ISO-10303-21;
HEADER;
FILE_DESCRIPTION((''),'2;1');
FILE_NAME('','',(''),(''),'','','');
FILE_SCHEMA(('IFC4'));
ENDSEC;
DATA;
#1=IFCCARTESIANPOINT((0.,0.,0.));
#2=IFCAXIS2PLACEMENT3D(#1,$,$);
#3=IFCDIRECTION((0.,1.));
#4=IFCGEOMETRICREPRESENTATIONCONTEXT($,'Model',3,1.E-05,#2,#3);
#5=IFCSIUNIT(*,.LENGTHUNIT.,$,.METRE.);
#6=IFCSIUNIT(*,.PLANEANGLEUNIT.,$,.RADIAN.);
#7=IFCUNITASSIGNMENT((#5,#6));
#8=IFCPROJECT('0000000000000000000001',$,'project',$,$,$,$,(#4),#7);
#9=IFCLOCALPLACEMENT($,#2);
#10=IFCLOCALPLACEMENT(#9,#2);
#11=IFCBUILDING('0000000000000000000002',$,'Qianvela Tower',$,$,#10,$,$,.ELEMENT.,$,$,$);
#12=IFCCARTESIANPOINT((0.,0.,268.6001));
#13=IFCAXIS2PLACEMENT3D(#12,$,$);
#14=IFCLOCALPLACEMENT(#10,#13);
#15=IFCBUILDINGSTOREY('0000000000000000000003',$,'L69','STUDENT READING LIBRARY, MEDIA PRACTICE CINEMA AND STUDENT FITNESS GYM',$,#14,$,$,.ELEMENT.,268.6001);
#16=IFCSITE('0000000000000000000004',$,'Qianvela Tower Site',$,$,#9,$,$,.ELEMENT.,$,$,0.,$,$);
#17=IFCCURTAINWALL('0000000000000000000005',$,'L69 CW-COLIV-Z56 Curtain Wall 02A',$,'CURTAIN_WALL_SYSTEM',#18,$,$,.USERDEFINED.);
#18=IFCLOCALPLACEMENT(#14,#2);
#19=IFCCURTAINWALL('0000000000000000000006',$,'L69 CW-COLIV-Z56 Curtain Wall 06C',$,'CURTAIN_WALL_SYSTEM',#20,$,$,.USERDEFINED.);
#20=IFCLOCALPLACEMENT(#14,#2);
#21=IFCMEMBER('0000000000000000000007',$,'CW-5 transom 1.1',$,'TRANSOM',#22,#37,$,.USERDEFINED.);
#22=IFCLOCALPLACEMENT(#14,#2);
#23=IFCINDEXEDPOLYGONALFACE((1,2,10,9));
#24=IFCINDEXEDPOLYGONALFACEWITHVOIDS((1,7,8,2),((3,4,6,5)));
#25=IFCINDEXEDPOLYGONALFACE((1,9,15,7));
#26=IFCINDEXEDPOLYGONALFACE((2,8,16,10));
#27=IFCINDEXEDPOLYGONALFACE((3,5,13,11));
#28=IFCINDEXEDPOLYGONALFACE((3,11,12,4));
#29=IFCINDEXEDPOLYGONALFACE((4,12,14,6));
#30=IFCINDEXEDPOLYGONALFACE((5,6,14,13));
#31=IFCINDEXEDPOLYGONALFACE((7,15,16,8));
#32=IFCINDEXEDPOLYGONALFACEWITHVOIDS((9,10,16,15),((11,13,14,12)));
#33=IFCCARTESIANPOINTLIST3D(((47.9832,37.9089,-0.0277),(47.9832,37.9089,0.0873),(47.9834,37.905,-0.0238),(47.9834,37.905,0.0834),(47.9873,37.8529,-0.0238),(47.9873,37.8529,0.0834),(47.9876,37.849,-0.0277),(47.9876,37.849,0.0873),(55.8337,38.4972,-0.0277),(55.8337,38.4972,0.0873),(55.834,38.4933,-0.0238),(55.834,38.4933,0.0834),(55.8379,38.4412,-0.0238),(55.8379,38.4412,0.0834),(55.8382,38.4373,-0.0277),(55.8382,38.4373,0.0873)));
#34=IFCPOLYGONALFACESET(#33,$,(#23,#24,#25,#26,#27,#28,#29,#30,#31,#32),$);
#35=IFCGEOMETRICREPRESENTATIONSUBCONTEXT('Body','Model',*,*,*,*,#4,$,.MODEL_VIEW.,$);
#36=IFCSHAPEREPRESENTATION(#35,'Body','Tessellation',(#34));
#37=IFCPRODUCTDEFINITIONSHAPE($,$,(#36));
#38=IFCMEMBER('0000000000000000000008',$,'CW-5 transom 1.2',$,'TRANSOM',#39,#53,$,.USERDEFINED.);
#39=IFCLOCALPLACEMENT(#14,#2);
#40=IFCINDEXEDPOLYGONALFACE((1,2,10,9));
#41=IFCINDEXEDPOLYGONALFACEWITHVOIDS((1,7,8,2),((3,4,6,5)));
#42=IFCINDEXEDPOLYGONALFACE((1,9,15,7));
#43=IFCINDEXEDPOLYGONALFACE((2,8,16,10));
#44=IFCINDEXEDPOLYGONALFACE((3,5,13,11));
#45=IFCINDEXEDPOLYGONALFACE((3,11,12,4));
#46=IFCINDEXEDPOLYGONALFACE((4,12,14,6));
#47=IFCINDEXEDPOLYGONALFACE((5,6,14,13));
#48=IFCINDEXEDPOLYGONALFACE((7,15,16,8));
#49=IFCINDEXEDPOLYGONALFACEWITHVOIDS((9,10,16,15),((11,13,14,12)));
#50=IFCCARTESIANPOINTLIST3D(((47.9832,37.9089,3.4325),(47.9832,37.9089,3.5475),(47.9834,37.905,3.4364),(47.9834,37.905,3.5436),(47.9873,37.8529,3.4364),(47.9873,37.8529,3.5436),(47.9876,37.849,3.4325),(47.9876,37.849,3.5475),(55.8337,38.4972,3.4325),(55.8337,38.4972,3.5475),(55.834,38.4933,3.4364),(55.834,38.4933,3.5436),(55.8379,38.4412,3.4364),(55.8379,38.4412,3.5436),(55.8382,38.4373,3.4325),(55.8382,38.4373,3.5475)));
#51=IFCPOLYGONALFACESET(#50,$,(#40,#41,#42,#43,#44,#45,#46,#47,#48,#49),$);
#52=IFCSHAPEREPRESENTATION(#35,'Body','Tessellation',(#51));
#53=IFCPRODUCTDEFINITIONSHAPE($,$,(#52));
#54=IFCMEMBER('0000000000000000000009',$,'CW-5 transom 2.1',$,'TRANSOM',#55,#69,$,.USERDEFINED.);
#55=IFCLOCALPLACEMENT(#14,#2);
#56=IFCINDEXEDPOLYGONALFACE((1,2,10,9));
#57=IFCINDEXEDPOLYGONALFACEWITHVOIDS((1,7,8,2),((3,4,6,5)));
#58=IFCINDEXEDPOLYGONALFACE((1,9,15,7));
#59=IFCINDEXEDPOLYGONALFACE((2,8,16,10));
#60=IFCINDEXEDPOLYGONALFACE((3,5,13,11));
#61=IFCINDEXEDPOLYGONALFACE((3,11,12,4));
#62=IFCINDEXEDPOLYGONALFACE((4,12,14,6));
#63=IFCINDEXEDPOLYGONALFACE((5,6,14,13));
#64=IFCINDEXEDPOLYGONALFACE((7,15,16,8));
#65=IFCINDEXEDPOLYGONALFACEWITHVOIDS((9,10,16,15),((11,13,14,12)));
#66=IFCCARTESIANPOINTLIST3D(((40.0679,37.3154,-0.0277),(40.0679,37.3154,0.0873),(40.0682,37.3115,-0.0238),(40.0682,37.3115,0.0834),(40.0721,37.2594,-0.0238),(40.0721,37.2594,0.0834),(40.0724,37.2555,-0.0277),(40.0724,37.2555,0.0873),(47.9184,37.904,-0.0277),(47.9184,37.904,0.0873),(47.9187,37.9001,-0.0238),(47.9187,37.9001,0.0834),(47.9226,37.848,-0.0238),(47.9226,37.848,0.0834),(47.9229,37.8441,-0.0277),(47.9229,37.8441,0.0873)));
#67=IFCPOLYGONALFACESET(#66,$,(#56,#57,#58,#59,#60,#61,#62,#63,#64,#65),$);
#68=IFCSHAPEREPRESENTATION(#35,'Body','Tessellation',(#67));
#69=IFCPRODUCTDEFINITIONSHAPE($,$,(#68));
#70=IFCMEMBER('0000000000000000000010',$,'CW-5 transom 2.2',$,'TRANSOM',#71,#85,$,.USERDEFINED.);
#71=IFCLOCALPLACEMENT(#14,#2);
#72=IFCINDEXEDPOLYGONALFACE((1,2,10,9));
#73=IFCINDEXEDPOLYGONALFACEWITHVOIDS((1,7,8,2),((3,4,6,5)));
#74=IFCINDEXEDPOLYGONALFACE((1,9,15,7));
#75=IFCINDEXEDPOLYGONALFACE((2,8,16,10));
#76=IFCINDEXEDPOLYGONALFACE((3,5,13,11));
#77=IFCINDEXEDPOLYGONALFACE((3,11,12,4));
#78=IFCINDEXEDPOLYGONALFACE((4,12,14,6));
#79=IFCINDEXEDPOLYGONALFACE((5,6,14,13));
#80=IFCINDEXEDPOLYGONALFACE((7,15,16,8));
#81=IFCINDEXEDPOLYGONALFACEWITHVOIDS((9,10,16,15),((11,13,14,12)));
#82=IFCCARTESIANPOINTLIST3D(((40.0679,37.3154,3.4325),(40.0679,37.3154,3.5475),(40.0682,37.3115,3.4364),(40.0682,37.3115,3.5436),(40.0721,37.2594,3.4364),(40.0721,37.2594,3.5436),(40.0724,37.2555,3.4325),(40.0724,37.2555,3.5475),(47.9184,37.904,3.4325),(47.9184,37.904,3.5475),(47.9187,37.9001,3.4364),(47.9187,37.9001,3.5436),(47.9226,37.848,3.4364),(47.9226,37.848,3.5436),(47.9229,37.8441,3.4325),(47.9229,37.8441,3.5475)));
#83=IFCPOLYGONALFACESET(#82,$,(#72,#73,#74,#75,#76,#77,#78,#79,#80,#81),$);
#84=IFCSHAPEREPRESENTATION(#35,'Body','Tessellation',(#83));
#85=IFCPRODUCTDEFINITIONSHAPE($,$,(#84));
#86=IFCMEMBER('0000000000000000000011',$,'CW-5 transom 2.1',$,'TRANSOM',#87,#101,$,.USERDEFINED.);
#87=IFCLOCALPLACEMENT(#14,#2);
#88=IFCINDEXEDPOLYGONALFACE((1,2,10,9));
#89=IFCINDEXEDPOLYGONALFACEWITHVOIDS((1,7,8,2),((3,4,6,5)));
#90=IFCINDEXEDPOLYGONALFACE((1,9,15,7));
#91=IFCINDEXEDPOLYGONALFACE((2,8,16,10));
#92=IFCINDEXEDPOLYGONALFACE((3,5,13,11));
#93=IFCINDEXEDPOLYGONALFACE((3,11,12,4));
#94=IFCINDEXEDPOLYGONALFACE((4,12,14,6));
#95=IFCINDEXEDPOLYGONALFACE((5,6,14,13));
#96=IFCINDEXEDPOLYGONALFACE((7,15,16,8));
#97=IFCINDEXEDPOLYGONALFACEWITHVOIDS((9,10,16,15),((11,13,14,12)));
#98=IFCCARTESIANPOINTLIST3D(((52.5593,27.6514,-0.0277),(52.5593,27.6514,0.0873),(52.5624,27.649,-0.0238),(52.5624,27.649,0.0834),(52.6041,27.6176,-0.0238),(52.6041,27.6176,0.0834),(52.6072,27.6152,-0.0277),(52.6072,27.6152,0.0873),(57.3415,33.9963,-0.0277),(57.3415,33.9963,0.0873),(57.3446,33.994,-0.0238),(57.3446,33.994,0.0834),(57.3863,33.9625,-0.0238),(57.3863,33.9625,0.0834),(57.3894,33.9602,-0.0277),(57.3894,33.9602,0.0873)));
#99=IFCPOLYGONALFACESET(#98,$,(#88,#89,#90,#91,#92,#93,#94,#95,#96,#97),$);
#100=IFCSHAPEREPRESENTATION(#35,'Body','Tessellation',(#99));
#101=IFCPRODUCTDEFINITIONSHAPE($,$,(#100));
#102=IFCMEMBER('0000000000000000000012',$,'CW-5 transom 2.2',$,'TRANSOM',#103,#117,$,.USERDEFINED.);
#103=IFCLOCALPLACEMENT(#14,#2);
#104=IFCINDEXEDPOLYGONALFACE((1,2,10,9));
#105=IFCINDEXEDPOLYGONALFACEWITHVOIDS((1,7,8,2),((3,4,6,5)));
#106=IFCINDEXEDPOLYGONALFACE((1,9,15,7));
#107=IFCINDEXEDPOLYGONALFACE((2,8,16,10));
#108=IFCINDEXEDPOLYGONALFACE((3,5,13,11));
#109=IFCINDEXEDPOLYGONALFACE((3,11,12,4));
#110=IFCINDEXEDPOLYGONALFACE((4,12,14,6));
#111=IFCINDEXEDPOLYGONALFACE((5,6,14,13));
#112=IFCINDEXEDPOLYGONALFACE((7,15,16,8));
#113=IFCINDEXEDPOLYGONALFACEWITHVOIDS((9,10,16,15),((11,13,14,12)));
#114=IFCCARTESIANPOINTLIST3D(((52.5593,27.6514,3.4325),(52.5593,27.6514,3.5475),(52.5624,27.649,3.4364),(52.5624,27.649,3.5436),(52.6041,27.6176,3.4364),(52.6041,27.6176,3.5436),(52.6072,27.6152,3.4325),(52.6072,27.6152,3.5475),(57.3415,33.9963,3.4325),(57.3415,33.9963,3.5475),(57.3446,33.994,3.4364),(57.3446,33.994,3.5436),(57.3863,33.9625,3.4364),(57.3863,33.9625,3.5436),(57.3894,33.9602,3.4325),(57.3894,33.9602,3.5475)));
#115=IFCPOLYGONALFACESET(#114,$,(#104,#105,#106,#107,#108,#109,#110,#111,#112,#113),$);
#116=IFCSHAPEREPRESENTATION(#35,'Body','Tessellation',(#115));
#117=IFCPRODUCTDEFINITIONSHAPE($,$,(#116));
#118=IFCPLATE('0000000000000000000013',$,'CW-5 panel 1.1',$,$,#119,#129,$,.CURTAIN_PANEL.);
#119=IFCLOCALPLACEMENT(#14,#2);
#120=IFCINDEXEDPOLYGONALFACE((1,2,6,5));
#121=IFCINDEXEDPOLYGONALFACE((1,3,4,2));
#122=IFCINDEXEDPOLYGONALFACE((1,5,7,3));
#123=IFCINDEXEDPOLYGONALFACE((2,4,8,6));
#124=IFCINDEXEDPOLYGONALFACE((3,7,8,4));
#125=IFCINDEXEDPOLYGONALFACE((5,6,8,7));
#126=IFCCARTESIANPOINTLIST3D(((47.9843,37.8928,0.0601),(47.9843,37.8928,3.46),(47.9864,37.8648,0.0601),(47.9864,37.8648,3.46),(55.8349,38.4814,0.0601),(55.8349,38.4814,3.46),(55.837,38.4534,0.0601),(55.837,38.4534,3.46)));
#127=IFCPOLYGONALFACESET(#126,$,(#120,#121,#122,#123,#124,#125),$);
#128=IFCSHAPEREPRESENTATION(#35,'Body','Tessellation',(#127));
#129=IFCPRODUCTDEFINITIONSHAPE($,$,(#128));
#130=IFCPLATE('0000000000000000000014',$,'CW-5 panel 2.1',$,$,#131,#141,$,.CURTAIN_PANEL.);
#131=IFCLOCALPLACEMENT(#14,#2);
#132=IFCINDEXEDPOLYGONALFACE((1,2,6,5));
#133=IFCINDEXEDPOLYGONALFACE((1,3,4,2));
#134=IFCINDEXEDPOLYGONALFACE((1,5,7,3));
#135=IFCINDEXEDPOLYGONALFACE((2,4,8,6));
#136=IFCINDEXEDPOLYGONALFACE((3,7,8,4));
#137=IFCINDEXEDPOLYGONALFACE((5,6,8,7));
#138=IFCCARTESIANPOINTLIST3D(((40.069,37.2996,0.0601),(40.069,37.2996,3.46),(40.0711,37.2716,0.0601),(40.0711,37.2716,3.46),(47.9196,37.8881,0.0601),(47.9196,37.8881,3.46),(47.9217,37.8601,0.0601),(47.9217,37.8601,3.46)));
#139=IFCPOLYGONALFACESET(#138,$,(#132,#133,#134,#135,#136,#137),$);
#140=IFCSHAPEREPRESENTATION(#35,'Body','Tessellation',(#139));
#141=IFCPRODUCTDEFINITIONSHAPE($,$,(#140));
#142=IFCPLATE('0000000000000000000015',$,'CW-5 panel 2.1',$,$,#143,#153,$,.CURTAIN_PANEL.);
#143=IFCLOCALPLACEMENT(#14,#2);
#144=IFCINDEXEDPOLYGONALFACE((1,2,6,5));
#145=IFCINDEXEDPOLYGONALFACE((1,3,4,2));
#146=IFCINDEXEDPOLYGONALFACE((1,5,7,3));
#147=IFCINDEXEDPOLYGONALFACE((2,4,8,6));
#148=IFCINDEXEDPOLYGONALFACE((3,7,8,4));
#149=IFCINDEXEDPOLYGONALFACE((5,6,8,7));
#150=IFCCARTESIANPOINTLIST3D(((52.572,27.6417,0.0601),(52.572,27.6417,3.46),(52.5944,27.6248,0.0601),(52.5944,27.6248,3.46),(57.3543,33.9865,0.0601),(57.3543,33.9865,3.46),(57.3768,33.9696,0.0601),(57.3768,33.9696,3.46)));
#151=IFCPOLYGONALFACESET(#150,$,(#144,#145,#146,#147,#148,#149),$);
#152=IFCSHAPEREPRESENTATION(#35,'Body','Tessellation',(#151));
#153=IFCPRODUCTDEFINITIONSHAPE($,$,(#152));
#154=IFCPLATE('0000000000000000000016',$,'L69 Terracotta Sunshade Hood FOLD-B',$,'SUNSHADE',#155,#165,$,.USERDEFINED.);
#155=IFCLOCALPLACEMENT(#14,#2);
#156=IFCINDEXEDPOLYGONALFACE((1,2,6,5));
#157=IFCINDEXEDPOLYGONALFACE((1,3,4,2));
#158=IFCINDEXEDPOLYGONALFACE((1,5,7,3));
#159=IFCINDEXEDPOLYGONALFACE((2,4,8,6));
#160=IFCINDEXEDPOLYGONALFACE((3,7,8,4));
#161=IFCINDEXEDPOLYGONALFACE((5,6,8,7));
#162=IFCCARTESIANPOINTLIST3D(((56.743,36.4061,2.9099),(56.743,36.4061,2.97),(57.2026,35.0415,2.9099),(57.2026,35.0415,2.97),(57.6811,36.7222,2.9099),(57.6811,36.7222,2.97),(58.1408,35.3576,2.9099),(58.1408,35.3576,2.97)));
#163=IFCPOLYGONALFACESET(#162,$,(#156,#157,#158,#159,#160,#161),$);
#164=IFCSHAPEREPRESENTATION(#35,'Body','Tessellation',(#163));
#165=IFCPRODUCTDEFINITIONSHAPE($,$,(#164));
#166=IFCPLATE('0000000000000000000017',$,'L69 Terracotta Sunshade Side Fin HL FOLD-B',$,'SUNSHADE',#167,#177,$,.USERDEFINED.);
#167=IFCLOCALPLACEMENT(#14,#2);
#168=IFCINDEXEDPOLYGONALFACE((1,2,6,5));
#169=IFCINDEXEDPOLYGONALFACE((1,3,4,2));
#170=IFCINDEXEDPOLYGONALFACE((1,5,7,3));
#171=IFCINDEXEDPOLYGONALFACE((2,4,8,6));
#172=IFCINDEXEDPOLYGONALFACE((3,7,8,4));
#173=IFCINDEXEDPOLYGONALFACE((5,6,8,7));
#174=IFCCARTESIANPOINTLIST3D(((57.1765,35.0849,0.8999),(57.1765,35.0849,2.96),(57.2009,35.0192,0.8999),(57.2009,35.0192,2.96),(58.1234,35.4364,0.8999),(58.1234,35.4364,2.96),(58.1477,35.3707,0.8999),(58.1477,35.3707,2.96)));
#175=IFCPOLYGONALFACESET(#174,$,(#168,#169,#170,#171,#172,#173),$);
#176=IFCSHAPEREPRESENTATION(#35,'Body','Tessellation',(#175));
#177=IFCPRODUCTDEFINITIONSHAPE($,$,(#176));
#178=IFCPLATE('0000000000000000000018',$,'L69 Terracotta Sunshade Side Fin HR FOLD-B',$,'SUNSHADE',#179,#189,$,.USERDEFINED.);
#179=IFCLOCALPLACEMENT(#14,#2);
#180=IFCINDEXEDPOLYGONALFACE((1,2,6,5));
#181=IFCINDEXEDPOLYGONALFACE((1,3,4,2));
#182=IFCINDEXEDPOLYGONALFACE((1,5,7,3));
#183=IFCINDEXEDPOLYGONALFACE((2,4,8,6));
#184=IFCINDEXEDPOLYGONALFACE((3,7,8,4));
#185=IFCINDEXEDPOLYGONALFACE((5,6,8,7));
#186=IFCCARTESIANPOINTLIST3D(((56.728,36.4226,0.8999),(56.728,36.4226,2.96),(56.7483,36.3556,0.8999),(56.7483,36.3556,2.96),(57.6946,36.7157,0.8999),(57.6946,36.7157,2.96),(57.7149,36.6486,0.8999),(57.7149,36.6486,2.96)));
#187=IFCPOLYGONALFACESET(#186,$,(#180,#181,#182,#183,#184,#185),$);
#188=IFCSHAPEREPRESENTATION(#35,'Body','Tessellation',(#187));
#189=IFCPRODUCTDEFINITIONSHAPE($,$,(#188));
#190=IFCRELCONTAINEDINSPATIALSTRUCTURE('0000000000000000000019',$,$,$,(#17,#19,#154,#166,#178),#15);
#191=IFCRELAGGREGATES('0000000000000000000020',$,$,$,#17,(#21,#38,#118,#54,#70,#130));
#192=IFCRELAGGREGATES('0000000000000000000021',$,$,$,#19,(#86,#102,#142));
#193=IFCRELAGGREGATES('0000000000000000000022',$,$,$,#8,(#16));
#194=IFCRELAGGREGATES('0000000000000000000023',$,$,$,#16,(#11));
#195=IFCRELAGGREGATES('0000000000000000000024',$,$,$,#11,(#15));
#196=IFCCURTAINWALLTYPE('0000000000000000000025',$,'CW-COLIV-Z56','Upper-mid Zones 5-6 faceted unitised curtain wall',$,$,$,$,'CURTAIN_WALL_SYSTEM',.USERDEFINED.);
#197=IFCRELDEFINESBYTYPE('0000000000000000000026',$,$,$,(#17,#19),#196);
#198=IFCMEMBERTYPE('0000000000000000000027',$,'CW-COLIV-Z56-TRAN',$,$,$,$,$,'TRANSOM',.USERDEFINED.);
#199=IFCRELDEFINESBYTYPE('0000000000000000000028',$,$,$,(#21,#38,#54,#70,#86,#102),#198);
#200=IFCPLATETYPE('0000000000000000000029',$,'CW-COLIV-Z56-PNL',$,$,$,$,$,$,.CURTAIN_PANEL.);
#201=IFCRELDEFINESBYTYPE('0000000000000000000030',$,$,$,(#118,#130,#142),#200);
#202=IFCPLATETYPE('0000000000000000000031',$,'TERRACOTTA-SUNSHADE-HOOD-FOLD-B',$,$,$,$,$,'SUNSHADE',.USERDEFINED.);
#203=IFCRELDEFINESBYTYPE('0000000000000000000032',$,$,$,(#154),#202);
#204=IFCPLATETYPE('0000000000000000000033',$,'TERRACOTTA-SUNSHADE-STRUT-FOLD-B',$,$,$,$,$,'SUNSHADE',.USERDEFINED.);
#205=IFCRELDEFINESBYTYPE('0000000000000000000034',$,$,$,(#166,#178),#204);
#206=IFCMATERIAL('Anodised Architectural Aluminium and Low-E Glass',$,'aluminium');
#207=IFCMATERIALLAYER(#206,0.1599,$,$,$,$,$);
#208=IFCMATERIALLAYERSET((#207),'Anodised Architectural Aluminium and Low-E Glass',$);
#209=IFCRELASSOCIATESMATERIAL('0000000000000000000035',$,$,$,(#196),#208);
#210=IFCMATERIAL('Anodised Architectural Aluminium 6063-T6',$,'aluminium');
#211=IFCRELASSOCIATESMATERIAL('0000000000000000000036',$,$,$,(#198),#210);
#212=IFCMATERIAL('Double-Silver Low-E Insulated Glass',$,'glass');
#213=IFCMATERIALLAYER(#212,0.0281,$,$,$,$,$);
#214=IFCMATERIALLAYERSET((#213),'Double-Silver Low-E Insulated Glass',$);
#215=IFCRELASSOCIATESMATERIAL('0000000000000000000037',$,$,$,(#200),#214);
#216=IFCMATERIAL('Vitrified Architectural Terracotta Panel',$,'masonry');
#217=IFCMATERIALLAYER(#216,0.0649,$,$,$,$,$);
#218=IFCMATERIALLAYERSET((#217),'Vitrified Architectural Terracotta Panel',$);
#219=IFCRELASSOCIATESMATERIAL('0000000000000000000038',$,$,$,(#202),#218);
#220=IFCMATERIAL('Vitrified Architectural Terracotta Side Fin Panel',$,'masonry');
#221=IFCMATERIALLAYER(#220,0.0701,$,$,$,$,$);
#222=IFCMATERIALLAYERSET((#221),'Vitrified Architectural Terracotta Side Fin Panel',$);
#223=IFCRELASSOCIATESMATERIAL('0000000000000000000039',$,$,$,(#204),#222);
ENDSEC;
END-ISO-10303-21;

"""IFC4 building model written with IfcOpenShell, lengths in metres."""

from ifc_helpers import new_model, si_unit, direction, frame, origin, origin_2d, place, context, subcontext, project, spatial, rectangle, hollow_rectangle, extrude, material, layer, layer_set, material_profile, profile_set, type_object, element, aggregate, save


model = new_model("IFC4")

# Units and contexts
model_context = context("Model", 3, precision=1e-05, world=origin(), true_north=direction((0.0, 1.0)))
body_context = subcontext(model_context, "Body", "Model", "MODEL_VIEW")
ifc_project = project(units=[si_unit("LENGTHUNIT", "METRE"), si_unit("PLANEANGLEUNIT", "RADIAN")], contexts=[model_context])

# Site, building, storey
site_placement = place(None, origin())
site = spatial("IfcSite", under=ifc_project, at=site_placement, Name="Qianvela Tower Site", CompositionType="ELEMENT", RefElevation=0.0)
building_placement = place(site_placement, origin())
building = spatial("IfcBuilding", under=site, at=building_placement, Name="Qianvela Tower", CompositionType="ELEMENT")
storey_placement = place(building_placement, frame((0.0, 0.0, 268.6001)))
storey = spatial("IfcBuildingStorey", under=building, at=storey_placement, Name="L69", Description="STUDENT READING LIBRARY, MEDIA PRACTICE CINEMA AND STUDENT FITNESS GYM", CompositionType="ELEMENT", Elevation=268.6001)

# Curtain walls
ifc_material_1 = material(Name="Anodised Architectural Aluminium and Low-E Glass", Category="aluminium")
ifc_layer_1 = layer(ifc_material_1, 0.1599)
ifc_layer_set_1 = layer_set([ifc_layer_1], Name="Anodised Architectural Aluminium and Low-E Glass")
curtain_wall_type = type_object("IfcCurtainWallType", Name="CW-COLIV-Z56", Description="Upper-mid Zones 5-6 faceted unitised curtain wall", ElementType="CURTAIN_WALL_SYSTEM", PredefinedType="USERDEFINED", material=ifc_layer_set_1)
curtain_wall_1_placement = place(storey_placement, origin())
curtain_wall_1 = element("IfcCurtainWall", 1, at=curtain_wall_1_placement, inside=storey, type_object=curtain_wall_type, Name="L69 CW-COLIV-Z56 Curtain Wall 02A", ObjectType="CURTAIN_WALL_SYSTEM", PredefinedType="USERDEFINED")
curtain_wall_2_placement = place(storey_placement, origin())
curtain_wall_2 = element("IfcCurtainWall", 2, at=curtain_wall_2_placement, inside=storey, type_object=curtain_wall_type, Name="L69 CW-COLIV-Z56 Curtain Wall 06C", ObjectType="CURTAIN_WALL_SYSTEM", PredefinedType="USERDEFINED")

# Members
ifc_material_2 = material(Name="Anodised Architectural Aluminium 6063-T6", Category="aluminium")
ifc_material_profile_1 = material_profile(ifc_material_2, hollow_rectangle(XDim=0.0601, YDim=0.115, WallThickness=0.0039, at=origin_2d()), Name="ALU-TRAN-60x115")
ifc_profile_set_1 = profile_set([ifc_material_profile_1], Name="Anodised Architectural Aluminium 6063-T6")
member_type_1 = type_object("IfcMemberType", Name="CW-COLIV-Z56-TRAN", ElementType="TRANSOM", PredefinedType="USERDEFINED", material=ifc_profile_set_1)
member_1_placement = place(storey_placement, frame((55.8359, 38.4673, 0.0298), z_axis=(-0.997203, -0.074738, 0.0), x_axis=(0.074738, -0.997203, 0.0)))
member_1 = element("IfcMember", 3, at=member_1_placement, type_object=member_type_1, Name="CW-5 transom 1.1", ObjectType="TRANSOM", PredefinedType="USERDEFINED", context=body_context, shape_type="SweptSolid", body=[
    extrude(hollow_rectangle(XDim=0.0601, YDim=0.115, WallThickness=0.0039, at=origin_2d()), origin(), (0.0, 0.0, 1.0), 7.8726),
])
member_2_placement = place(storey_placement, frame((55.8359, 38.4673, 3.49), z_axis=(-0.997203, -0.074738, 0.0), x_axis=(0.074738, -0.997203, 0.0)))
member_2 = element("IfcMember", 4, at=member_2_placement, type_object=member_type_1, Name="CW-5 transom 1.2", ObjectType="TRANSOM", PredefinedType="USERDEFINED", context=body_context, shape_type="SweptSolid", body=[
    extrude(hollow_rectangle(XDim=0.0601, YDim=0.115, WallThickness=0.0039, at=origin_2d()), origin(), (0.0, 0.0, 1.0), 7.8726),
])
member_3_placement = place(storey_placement, frame((47.9207, 37.874, 0.0298), z_axis=(-0.997201, -0.074768, 0.0), x_axis=(0.074768, -0.997201, 0.0)))
member_3 = element("IfcMember", 5, at=member_3_placement, type_object=member_type_1, Name="CW-5 transom 2.1", ObjectType="TRANSOM", PredefinedType="USERDEFINED", context=body_context, shape_type="SweptSolid", body=[
    extrude(hollow_rectangle(XDim=0.0601, YDim=0.115, WallThickness=0.0039, at=origin_2d()), origin(), (0.0, 0.0, 1.0), 7.8726),
])
member_4_placement = place(storey_placement, frame((47.9207, 37.874, 3.49), z_axis=(-0.997201, -0.074768, 0.0), x_axis=(0.074768, -0.997201, 0.0)))
member_4 = element("IfcMember", 6, at=member_4_placement, type_object=member_type_1, Name="CW-5 transom 2.2", ObjectType="TRANSOM", PredefinedType="USERDEFINED", context=body_context, shape_type="SweptSolid", body=[
    extrude(hollow_rectangle(XDim=0.0601, YDim=0.115, WallThickness=0.0039, at=origin_2d()), origin(), (0.0, 0.0, 1.0), 7.8726),
])
member_5_placement = place(storey_placement, frame((52.5833, 27.6333, 0.0298), z_axis=(0.601891, 0.798578, 0.0), x_axis=(-0.798578, 0.601891, 0.0)))
member_5 = element("IfcMember", 7, at=member_5_placement, type_object=member_type_1, Name="CW-5 transom 2.1", ObjectType="TRANSOM", PredefinedType="USERDEFINED", context=body_context, shape_type="SweptSolid", body=[
    extrude(hollow_rectangle(XDim=0.0601, YDim=0.115, WallThickness=0.0039, at=origin_2d()), origin(), (0.0, 0.0, 1.0), 7.9453),
])
member_6_placement = place(storey_placement, frame((52.5833, 27.6333, 3.49), z_axis=(0.601891, 0.798578, 0.0), x_axis=(-0.798578, 0.601891, 0.0)))
member_6 = element("IfcMember", 8, at=member_6_placement, type_object=member_type_1, Name="CW-5 transom 2.2", ObjectType="TRANSOM", PredefinedType="USERDEFINED", context=body_context, shape_type="SweptSolid", body=[
    extrude(hollow_rectangle(XDim=0.0601, YDim=0.115, WallThickness=0.0039, at=origin_2d()), origin(), (0.0, 0.0, 1.0), 7.9453),
])

# Plates
ifc_material_3 = material(Name="Double-Silver Low-E Insulated Glass", Category="glass")
ifc_layer_2 = layer(ifc_material_3, 0.0281)
ifc_layer_set_2 = layer_set([ifc_layer_2], Name="Double-Silver Low-E Insulated Glass")
plate_type_1 = type_object("IfcPlateType", Name="CW-COLIV-Z56-PNL", PredefinedType="CURTAIN_PANEL", material=ifc_layer_set_2)
plate_1_placement = place(storey_placement, frame((51.9106, 38.1731, 0.0601), z_axis=(0.0, 0.0, 1.0), x_axis=(-0.997202, -0.074755, 0.0)))
plate_1 = element("IfcPlate", 9, at=plate_1_placement, type_object=plate_type_1, Name="CW-5 panel 1.1", PredefinedType="CURTAIN_PANEL", context=body_context, shape_type="SweptSolid", body=[
    extrude(rectangle(XDim=7.8726, YDim=0.0281, at=origin_2d()), origin(), (0.0, 0.0, 1.0), 3.3999),
])
plate_2_placement = place(storey_placement, frame((43.9954, 37.5798, 0.0601), z_axis=(0.0, 0.0, 1.0), x_axis=(-0.997202, -0.074755, 0.0)))
plate_2 = element("IfcPlate", 10, at=plate_2_placement, type_object=plate_type_1, Name="CW-5 panel 2.1", PredefinedType="CURTAIN_PANEL", context=body_context, shape_type="SweptSolid", body=[
    extrude(rectangle(XDim=7.8726, YDim=0.0281, at=origin_2d()), origin(), (0.0, 0.0, 1.0), 3.3999),
])
aggregate(curtain_wall_1, [member_1, member_2, plate_1, member_3, member_4, plate_2])
plate_3_placement = place(storey_placement, frame((54.9744, 30.8057, 0.0601), z_axis=(0.0, 0.0, 1.0), x_axis=(0.601911, 0.798563, 0.0)))
plate_3 = element("IfcPlate", 11, at=plate_3_placement, type_object=plate_type_1, Name="CW-5 panel 2.1", PredefinedType="CURTAIN_PANEL", context=body_context, shape_type="SweptSolid", body=[
    extrude(rectangle(XDim=7.9453, YDim=0.0281, at=origin_2d()), origin(), (0.0, 0.0, 1.0), 3.3999),
])
aggregate(curtain_wall_2, [member_5, member_6, plate_3])

# Plates
ifc_material_4 = material(Name="Vitrified Architectural Terracotta Panel", Category="masonry")
ifc_layer_3 = layer(ifc_material_4, 0.0649)
ifc_layer_set_3 = layer_set([ifc_layer_3], Name="Vitrified Architectural Terracotta Panel")
plate_type_2 = type_object("IfcPlateType", Name="TERRACOTTA-SUNSHADE-HOOD-FOLD-B", ElementType="SUNSHADE", PredefinedType="USERDEFINED", material=ifc_layer_set_3)
plate_4_placement = place(storey_placement, frame((57.4419, 35.8818, 2.9099), z_axis=(0.0, 0.0, 1.0), x_axis=(-0.319239, 0.947674, 0.0)))
element("IfcPlate", 12, at=plate_4_placement, inside=storey, type_object=plate_type_2, Name="L69 Terracotta Sunshade Hood FOLD-B", ObjectType="SUNSHADE", PredefinedType="USERDEFINED", context=body_context, shape_type="SweptSolid", body=[
    extrude(rectangle(XDim=1.4399, YDim=0.99, at=origin_2d()), origin(), (0.0, 0.0, 1.0), 0.0601),
])
ifc_material_5 = material(Name="Vitrified Architectural Terracotta Side Fin Panel", Category="masonry")
ifc_layer_4 = layer(ifc_material_5, 0.0701)
ifc_layer_set_4 = layer_set([ifc_layer_4], Name="Vitrified Architectural Terracotta Side Fin Panel")
plate_type_3 = type_object("IfcPlateType", Name="TERRACOTTA-SUNSHADE-STRUT-FOLD-B", ElementType="SUNSHADE", PredefinedType="USERDEFINED", material=ifc_layer_set_4)
for number, where, z_axis, x_axis, name in (
    (13, (57.6621, 35.2278, 0.8999), (0.0, 0.0, 1.0), (-0.348031, 0.937483, 0.0), "L69 Terracotta Sunshade Side Fin HL FOLD-B"),
    (14, (57.2214, 36.5356, 0.8999), (0.0, 0.0, 1.0), (-0.290149, 0.956981, 0.0), "L69 Terracotta Sunshade Side Fin HR FOLD-B"),
):
    element("IfcPlate", number, at=place(storey_placement, frame(where, z_axis=z_axis, x_axis=x_axis)), inside=storey, type_object=plate_type_3, Name=name, ObjectType="SUNSHADE", PredefinedType="USERDEFINED", context=body_context, shape_type="SweptSolid", body=[
        extrude(rectangle(XDim=0.0701, YDim=1.01, at=origin_2d()), origin(), (0.0, 0.0, 1.0), 2.0601),
    ])

save(model, "model.ifc")
